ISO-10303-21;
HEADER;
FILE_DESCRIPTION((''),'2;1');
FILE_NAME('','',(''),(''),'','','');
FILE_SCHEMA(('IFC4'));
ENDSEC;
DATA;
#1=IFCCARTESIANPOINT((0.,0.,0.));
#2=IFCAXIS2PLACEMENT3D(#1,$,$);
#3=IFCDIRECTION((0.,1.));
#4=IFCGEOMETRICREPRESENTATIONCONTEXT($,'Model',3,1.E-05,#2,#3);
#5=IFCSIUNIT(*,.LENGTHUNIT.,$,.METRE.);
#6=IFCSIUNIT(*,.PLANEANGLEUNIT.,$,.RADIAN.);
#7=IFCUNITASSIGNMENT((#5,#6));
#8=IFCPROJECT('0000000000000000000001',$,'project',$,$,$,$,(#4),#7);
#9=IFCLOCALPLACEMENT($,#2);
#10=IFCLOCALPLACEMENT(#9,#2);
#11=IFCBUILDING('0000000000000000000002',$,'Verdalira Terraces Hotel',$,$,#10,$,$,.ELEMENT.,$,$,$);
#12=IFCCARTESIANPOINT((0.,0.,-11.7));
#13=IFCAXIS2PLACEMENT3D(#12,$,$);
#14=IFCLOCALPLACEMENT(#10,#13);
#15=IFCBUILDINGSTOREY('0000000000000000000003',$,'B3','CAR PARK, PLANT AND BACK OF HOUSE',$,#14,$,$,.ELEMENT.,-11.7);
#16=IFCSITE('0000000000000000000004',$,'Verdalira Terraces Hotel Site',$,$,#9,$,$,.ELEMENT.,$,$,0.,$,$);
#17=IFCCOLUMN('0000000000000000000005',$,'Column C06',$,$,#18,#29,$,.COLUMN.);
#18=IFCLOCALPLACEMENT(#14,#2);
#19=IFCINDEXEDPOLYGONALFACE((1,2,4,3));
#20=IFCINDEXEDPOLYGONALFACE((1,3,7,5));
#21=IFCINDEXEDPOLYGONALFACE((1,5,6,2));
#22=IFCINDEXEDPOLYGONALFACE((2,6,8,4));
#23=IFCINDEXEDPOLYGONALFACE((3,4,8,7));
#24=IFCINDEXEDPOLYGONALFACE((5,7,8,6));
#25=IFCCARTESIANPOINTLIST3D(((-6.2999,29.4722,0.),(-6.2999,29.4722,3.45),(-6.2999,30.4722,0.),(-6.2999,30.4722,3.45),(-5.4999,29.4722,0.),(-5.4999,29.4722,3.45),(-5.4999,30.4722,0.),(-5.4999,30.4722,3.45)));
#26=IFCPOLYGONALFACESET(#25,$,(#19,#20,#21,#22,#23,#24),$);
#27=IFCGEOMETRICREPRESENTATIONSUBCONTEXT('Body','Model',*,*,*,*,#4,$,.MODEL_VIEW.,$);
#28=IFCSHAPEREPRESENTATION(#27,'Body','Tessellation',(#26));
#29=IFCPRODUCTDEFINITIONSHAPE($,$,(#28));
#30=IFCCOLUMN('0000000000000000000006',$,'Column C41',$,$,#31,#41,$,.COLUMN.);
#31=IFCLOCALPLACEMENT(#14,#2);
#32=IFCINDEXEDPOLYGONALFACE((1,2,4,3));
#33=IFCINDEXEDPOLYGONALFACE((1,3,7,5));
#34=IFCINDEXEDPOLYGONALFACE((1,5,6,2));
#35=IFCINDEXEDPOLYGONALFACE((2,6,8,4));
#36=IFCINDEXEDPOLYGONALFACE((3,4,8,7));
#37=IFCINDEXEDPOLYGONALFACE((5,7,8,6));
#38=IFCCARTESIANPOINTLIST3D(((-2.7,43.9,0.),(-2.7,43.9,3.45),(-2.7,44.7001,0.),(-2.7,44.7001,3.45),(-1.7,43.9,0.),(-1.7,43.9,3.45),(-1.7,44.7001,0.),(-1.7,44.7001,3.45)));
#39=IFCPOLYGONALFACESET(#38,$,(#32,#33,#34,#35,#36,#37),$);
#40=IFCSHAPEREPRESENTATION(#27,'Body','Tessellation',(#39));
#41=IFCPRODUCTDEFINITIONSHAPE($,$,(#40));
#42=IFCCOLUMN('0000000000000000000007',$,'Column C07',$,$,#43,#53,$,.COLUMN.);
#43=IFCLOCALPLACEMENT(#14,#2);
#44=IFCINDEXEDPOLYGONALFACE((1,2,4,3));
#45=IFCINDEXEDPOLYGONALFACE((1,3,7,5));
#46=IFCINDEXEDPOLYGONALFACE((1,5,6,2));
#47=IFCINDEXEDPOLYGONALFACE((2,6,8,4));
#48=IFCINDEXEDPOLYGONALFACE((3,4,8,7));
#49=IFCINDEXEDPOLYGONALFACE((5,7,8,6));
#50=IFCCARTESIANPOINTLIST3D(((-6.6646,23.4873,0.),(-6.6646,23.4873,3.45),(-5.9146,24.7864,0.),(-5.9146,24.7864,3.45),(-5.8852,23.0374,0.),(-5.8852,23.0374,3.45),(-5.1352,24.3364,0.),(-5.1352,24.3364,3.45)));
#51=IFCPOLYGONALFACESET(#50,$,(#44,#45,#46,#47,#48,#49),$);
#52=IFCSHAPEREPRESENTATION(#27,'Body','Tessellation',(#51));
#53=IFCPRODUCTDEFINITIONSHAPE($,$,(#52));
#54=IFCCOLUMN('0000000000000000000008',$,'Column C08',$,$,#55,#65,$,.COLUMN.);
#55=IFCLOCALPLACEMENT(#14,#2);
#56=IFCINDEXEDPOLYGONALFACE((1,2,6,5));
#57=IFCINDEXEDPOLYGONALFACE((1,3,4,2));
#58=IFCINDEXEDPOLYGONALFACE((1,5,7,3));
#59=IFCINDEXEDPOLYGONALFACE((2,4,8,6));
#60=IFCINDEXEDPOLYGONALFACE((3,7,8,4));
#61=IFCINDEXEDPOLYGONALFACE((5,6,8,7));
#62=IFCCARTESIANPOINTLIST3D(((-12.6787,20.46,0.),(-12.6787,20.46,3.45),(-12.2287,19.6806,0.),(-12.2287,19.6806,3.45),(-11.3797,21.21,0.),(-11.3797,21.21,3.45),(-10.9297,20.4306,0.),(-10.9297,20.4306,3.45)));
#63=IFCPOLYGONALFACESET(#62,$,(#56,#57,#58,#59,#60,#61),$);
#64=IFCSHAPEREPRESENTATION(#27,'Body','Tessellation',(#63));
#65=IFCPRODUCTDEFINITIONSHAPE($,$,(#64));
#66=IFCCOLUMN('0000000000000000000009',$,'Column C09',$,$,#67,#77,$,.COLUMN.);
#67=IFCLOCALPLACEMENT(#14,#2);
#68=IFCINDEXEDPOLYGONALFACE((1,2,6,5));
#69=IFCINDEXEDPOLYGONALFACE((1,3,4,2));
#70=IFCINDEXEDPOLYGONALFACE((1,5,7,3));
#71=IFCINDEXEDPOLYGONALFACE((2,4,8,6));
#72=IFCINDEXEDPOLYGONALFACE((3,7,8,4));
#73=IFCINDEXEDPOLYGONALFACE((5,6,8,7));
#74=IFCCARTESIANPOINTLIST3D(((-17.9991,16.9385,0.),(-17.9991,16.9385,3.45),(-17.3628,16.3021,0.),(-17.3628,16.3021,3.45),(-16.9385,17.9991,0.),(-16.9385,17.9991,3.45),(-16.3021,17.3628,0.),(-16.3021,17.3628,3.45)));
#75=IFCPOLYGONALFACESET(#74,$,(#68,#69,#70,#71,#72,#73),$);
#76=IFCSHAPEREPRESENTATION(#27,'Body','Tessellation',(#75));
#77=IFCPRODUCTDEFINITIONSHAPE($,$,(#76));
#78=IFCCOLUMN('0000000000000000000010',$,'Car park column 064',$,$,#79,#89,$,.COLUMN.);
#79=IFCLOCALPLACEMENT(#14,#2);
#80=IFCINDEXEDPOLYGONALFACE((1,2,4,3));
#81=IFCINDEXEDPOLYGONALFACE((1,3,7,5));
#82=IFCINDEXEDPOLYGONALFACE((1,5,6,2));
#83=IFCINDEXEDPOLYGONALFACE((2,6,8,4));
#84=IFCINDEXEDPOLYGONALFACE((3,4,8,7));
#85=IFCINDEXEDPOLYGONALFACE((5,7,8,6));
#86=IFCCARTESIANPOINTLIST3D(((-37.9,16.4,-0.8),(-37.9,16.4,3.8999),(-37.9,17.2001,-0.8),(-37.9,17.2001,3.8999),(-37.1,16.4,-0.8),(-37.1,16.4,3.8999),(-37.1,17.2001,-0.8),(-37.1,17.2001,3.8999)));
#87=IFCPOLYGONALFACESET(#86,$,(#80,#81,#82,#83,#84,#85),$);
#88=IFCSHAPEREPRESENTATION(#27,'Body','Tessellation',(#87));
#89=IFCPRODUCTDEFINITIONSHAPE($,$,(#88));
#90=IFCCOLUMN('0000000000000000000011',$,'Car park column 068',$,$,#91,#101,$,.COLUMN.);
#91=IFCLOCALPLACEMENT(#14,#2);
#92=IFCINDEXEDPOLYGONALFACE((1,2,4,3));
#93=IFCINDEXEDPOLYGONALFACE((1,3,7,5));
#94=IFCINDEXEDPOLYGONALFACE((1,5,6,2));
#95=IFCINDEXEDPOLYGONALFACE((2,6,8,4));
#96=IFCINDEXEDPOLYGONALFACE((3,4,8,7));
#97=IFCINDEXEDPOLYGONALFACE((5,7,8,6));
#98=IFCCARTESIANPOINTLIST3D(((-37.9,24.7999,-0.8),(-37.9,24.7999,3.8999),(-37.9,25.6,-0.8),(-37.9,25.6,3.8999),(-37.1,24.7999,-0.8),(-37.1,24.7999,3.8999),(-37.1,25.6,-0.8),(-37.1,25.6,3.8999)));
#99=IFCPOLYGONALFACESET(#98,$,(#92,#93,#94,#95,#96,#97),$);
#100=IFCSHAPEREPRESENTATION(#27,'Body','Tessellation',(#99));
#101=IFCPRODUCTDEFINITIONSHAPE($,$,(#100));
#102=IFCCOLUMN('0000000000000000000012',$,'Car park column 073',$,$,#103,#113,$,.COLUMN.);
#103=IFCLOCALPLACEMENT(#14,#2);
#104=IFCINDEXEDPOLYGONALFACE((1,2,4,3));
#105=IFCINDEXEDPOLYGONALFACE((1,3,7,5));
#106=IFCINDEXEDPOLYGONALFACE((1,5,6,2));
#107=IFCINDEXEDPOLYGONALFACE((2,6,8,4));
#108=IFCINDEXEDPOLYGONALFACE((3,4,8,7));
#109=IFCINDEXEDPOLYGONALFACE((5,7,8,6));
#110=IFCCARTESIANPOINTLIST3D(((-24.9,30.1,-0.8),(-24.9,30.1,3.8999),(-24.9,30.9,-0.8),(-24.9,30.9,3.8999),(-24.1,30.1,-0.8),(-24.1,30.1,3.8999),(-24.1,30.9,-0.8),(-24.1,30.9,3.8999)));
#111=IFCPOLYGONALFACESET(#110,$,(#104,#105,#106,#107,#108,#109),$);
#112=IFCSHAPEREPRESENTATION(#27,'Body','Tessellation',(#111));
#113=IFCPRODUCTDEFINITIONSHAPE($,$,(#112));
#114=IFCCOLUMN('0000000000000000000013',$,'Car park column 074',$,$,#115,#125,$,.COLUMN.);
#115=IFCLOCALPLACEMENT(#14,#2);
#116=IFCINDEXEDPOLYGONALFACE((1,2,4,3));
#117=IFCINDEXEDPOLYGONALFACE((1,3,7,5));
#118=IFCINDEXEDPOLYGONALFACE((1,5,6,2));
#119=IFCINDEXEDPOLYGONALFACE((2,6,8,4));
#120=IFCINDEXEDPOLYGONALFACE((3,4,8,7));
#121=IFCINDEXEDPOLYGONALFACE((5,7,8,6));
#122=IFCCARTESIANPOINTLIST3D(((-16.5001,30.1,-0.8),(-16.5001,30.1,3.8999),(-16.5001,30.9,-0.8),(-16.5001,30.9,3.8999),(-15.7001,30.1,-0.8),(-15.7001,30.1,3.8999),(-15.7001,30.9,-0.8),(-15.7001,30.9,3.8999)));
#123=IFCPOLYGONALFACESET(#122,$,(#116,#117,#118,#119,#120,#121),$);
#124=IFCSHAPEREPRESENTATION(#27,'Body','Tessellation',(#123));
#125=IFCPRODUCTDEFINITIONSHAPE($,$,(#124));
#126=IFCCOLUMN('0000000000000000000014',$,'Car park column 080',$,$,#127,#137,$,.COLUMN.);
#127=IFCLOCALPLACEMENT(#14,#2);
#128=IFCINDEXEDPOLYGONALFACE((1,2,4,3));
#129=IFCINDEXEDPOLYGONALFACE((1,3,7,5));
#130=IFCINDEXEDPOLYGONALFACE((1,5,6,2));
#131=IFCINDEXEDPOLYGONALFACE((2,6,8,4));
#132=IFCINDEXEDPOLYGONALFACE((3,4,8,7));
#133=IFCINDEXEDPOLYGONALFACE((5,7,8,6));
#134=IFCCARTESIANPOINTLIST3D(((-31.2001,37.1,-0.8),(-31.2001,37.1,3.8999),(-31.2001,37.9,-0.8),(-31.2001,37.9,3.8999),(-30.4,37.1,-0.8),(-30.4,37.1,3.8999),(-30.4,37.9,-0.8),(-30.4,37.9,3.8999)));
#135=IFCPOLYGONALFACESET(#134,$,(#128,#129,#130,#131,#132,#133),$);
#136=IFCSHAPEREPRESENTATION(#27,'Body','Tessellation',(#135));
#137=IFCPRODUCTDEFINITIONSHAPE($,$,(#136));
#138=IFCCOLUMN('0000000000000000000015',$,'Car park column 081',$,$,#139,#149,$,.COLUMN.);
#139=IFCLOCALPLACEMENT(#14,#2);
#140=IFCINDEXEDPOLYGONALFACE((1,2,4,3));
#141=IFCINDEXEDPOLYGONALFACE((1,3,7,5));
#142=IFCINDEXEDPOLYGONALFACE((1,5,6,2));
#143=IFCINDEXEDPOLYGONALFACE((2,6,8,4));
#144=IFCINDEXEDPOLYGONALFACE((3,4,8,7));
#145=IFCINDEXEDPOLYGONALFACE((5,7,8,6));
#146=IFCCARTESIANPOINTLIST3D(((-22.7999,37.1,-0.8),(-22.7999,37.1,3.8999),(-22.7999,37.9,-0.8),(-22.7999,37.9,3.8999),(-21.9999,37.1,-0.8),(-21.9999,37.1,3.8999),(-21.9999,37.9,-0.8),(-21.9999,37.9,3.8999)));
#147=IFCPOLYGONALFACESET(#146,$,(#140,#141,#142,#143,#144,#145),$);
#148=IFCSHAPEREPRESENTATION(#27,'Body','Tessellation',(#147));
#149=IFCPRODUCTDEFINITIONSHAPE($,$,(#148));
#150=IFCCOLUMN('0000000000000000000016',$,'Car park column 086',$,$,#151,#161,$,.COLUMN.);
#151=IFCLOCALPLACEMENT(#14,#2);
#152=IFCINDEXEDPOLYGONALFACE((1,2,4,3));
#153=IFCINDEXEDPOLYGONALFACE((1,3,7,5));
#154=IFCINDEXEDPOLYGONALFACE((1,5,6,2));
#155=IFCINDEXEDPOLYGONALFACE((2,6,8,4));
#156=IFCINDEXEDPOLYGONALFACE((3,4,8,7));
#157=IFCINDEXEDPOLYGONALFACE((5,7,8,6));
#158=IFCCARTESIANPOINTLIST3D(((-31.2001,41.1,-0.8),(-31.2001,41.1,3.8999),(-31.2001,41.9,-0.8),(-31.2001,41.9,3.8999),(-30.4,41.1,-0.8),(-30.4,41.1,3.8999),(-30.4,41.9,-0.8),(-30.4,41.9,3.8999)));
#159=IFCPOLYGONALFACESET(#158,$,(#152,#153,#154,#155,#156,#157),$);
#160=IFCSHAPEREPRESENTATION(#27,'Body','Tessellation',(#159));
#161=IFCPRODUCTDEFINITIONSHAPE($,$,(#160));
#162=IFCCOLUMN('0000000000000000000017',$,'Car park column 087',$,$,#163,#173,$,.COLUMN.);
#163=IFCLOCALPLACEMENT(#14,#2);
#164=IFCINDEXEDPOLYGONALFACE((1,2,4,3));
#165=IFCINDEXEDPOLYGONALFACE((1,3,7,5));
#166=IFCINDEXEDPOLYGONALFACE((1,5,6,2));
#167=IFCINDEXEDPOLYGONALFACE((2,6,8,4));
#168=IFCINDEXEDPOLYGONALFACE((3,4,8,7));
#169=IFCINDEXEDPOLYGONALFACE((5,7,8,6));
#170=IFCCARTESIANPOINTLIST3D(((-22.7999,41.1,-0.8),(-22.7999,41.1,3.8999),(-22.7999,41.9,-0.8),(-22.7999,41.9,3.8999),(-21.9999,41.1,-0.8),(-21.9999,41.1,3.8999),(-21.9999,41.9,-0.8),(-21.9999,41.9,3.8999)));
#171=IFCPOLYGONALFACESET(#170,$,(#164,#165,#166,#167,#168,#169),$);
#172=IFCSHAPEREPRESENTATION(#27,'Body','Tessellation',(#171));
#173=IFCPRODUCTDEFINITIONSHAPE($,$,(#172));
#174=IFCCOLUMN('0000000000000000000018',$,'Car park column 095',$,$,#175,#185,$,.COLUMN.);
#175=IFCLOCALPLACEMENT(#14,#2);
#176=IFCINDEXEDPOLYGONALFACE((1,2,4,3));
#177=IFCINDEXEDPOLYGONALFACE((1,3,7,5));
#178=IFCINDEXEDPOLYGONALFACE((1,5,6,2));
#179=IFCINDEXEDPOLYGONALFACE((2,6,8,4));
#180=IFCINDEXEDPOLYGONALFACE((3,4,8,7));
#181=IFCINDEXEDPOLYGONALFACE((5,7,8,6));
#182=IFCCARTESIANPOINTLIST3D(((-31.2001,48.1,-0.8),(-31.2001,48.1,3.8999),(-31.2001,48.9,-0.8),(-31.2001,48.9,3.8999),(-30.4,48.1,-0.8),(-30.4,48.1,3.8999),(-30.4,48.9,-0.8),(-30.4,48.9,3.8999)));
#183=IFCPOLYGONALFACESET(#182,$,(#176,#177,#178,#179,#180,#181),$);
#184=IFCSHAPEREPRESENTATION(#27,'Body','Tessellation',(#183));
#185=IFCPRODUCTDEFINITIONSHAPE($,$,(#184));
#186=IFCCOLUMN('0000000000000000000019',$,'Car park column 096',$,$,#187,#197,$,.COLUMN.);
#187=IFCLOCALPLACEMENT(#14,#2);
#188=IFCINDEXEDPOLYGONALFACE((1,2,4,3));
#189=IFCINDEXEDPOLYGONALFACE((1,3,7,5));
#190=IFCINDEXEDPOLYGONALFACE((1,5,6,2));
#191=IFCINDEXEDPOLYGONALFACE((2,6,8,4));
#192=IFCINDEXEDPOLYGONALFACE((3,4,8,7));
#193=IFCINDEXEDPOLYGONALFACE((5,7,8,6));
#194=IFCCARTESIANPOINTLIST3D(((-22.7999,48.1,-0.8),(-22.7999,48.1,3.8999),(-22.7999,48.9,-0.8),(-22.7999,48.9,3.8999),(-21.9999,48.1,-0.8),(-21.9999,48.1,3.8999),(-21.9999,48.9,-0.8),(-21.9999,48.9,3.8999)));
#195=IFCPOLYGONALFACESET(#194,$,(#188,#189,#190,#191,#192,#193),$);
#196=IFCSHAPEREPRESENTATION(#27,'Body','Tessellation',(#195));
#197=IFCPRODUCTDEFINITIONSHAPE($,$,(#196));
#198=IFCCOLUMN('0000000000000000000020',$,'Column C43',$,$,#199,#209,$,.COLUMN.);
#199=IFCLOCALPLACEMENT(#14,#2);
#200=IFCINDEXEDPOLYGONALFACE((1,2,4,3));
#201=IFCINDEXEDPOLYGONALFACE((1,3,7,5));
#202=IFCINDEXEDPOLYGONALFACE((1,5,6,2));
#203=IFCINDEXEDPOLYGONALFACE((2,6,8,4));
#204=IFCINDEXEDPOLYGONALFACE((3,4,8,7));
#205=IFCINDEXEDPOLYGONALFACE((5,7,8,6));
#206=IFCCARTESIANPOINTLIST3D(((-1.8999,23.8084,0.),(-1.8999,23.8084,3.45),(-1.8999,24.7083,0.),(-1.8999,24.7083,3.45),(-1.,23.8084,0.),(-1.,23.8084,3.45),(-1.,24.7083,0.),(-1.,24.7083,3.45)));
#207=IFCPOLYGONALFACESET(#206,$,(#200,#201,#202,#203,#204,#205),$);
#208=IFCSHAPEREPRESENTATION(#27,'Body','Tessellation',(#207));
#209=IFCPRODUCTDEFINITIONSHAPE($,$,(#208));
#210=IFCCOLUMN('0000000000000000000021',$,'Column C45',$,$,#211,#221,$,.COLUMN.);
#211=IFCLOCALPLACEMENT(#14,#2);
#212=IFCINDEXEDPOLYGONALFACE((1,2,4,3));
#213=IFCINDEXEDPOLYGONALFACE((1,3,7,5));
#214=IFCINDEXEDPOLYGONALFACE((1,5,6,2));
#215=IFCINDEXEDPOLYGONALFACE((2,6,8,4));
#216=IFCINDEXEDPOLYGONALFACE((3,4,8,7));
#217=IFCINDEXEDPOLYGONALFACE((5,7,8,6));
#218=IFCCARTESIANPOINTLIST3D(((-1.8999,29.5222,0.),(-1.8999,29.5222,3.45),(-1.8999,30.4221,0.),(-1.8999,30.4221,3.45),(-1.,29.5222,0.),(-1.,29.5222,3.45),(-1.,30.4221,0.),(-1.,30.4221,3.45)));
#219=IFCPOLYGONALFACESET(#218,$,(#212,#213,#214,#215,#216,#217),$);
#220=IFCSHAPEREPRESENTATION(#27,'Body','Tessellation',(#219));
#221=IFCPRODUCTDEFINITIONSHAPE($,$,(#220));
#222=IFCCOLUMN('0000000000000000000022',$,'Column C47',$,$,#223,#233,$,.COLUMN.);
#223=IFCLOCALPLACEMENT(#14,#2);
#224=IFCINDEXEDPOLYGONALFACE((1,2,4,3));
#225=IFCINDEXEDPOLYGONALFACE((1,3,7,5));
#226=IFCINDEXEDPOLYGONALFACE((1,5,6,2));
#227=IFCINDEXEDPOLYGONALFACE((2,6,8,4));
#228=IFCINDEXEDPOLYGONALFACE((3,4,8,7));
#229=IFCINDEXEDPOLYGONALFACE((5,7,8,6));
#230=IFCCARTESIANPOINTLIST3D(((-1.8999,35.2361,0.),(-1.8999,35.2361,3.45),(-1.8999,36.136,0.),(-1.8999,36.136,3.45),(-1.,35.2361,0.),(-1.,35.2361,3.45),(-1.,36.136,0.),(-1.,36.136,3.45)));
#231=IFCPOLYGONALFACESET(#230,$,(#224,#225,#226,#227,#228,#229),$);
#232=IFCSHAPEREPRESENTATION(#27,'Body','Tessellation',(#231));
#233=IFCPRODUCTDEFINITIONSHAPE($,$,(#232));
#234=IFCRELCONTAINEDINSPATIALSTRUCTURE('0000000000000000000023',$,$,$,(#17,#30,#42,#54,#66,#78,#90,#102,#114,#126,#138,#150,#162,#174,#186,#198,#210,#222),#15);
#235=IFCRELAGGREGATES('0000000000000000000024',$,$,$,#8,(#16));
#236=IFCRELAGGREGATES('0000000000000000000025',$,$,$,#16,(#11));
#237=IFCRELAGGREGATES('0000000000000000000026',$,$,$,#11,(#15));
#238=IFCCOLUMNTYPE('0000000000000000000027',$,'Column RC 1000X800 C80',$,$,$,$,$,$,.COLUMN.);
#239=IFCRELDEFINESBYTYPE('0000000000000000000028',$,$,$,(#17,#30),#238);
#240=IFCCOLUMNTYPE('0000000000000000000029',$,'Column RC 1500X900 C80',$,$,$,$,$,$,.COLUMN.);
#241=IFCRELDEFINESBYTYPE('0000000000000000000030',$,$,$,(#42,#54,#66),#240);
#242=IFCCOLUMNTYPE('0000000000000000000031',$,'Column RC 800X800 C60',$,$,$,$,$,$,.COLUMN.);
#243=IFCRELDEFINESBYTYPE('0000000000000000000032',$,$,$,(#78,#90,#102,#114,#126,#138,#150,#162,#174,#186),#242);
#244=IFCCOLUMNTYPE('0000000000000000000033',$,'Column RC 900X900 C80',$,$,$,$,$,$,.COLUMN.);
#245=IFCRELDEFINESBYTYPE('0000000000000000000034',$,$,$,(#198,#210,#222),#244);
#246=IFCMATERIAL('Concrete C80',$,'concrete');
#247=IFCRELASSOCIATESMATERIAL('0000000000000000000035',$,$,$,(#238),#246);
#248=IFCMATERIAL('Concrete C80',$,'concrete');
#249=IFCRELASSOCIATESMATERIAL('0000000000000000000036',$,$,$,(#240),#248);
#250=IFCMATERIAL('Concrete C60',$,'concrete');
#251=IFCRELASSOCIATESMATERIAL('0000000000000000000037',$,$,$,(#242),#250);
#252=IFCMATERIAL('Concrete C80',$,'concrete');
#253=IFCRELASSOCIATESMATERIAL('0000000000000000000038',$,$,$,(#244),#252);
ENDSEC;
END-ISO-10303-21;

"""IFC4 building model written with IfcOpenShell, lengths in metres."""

from ifc_helpers import new_model, si_unit, direction, frame, origin, origin_2d, place, context, subcontext, project, spatial, rectangle, extrude, material, material_profile, profile_set, type_object, element, save


model = new_model("IFC4")

# Units and contexts
model_context = context("Model", 3, precision=1e-05, world=origin(), true_north=direction((0.0, 1.0)))
body_context = subcontext(model_context, "Body", "Model", "MODEL_VIEW")
ifc_project = project(units=[si_unit("LENGTHUNIT", "METRE"), si_unit("PLANEANGLEUNIT", "RADIAN")], contexts=[model_context])

# Site, building, storey
site_placement = place(None, origin())
site = spatial("IfcSite", under=ifc_project, at=site_placement, Name="Verdalira Terraces Hotel Site", CompositionType="ELEMENT", RefElevation=0.0)
building_placement = place(site_placement, origin())
building = spatial("IfcBuilding", under=site, at=building_placement, Name="Verdalira Terraces Hotel", CompositionType="ELEMENT")
storey_placement = place(building_placement, frame((0.0, 0.0, -11.7)))
storey = spatial("IfcBuildingStorey", under=building, at=storey_placement, Name="B3", Description="CAR PARK, PLANT AND BACK OF HOUSE", CompositionType="ELEMENT", Elevation=-11.7)

# Columns
ifc_material_1 = material(Name="Concrete C80", Category="concrete")
ifc_material_profile_1 = material_profile(ifc_material_1, rectangle(XDim=1.0, YDim=0.8, at=origin_2d()), Name="RC 1000X800")
ifc_profile_set_1 = profile_set([ifc_material_profile_1], Name="Concrete C80")
column_type_1 = type_object("IfcColumnType", Name="Column RC 1000X800 C80", PredefinedType="COLUMN", material=ifc_profile_set_1)
for number, where, z_axis, x_axis, name in (
    (1, (-5.8999, 29.9722, 0.0), (0.0, 0.0, 1.0), (0.0, -1.0, 0.0), "Column C06"),
    (2, (-2.2, 44.3, 0.0), (0.0, 0.0, 1.0), (-1.0, 0.0, 0.0), "Column C41"),
):
    element("IfcColumn", number, at=place(storey_placement, frame(where, z_axis=z_axis, x_axis=x_axis)), inside=storey, type_object=column_type_1, Name=name, PredefinedType="COLUMN", context=body_context, shape_type="SweptSolid", body=[
        extrude(rectangle(XDim=1.0, YDim=0.8, at=origin_2d()), origin(), (0.0, 0.0, 1.0), 3.45),
    ])
ifc_material_2 = material(Name="Concrete C80", Category="concrete")
ifc_material_profile_2 = material_profile(ifc_material_2, rectangle(XDim=1.5, YDim=0.8999, at=origin_2d()), Name="RC 1500X900")
ifc_profile_set_2 = profile_set([ifc_material_profile_2], Name="Concrete C80")
column_type_2 = type_object("IfcColumnType", Name="Column RC 1500X900 C80", PredefinedType="COLUMN", material=ifc_profile_set_2)
for number, where, z_axis, x_axis, name in (
    (3, (-5.8999, 23.9119, 0.0), (0.0, 0.0, 1.0), (0.5, 0.866025, 0.0), "Column C07"),
    (4, (-11.8042, 20.4453, 0.0), (0.0, 0.0, 1.0), (-0.866025, -0.5, 0.0), "Column C08"),
    (5, (-17.1506, 17.1506, 0.0), (0.0, 0.0, 1.0), (0.707107, 0.707107, 0.0), "Column C09"),
):
    element("IfcColumn", number, at=place(storey_placement, frame(where, z_axis=z_axis, x_axis=x_axis)), inside=storey, type_object=column_type_2, Name=name, PredefinedType="COLUMN", context=body_context, shape_type="SweptSolid", body=[
        extrude(rectangle(XDim=1.5, YDim=0.8999, at=origin_2d()), origin(), (0.0, 0.0, 1.0), 3.45),
    ])
ifc_material_3 = material(Name="Concrete C60", Category="concrete")
ifc_material_profile_3 = material_profile(ifc_material_3, rectangle(XDim=0.8, YDim=0.8, at=origin_2d()), Name="RC 800X800")
ifc_profile_set_3 = profile_set([ifc_material_profile_3], Name="Concrete C60")
column_type_3 = type_object("IfcColumnType", Name="Column RC 800X800 C60", PredefinedType="COLUMN", material=ifc_profile_set_3)
for number, where, z_axis, x_axis, name in (
    (6, (-37.5, 16.8, -0.8), (0.0, 0.0, 1.0), (1.0, 0.0, 0.0), "Car park column 064"),
    (7, (-37.5, 25.2, -0.8), (0.0, 0.0, 1.0), (1.0, 0.0, 0.0), "Car park column 068"),
    (8, (-24.5, 30.5, -0.8), (0.0, 0.0, 1.0), (1.0, 0.0, 0.0), "Car park column 073"),
    (9, (-16.1001, 30.5, -0.8), (0.0, 0.0, 1.0), (1.0, 0.0, 0.0), "Car park column 074"),
    (10, (-30.8, 37.5, -0.8), (0.0, 0.0, 1.0), (1.0, 0.0, 0.0), "Car park column 080"),
    (11, (-22.3999, 37.5, -0.8), (0.0, 0.0, 1.0), (1.0, 0.0, 0.0), "Car park column 081"),
    (12, (-30.8, 41.5, -0.8), (0.0, 0.0, 1.0), (1.0, 0.0, 0.0), "Car park column 086"),
    (13, (-22.3999, 41.5, -0.8), (0.0, 0.0, 1.0), (1.0, 0.0, 0.0), "Car park column 087"),
    (14, (-30.8, 48.5, -0.8), (0.0, 0.0, 1.0), (1.0, 0.0, 0.0), "Car park column 095"),
    (15, (-22.3999, 48.5, -0.8), (0.0, 0.0, 1.0), (1.0, 0.0, 0.0), "Car park column 096"),
):
    element("IfcColumn", number, at=place(storey_placement, frame(where, z_axis=z_axis, x_axis=x_axis)), inside=storey, type_object=column_type_3, Name=name, PredefinedType="COLUMN", context=body_context, shape_type="SweptSolid", body=[
        extrude(rectangle(XDim=0.8, YDim=0.8, at=origin_2d()), origin(), (0.0, 0.0, 1.0), 4.7),
    ])
ifc_material_4 = material(Name="Concrete C80", Category="concrete")
ifc_material_profile_4 = material_profile(ifc_material_4, rectangle(XDim=0.8999, YDim=0.8999, at=origin_2d()), Name="RC 900X900")
ifc_profile_set_4 = profile_set([ifc_material_profile_4], Name="Concrete C80")
column_type_4 = type_object("IfcColumnType", Name="Column RC 900X900 C80", PredefinedType="COLUMN", material=ifc_profile_set_4)
for number, where, z_axis, x_axis, name in (
    (16, (-1.45, 24.2583, 0.0), (0.0, 0.0, 1.0), (0.0, 1.0, 0.0), "Column C43"),
    (17, (-1.45, 29.9722, 0.0), (0.0, 0.0, 1.0), (0.0, 1.0, 0.0), "Column C45"),
    (18, (-1.45, 35.686, 0.0), (0.0, 0.0, 1.0), (0.0, 1.0, 0.0), "Column C47"),
):
    element("IfcColumn", number, at=place(storey_placement, frame(where, z_axis=z_axis, x_axis=x_axis)), inside=storey, type_object=column_type_4, Name=name, PredefinedType="COLUMN", context=body_context, shape_type="SweptSolid", body=[
        extrude(rectangle(XDim=0.8999, YDim=0.8999, at=origin_2d()), origin(), (0.0, 0.0, 1.0), 3.45),
    ])

save(model, "model.ifc")
